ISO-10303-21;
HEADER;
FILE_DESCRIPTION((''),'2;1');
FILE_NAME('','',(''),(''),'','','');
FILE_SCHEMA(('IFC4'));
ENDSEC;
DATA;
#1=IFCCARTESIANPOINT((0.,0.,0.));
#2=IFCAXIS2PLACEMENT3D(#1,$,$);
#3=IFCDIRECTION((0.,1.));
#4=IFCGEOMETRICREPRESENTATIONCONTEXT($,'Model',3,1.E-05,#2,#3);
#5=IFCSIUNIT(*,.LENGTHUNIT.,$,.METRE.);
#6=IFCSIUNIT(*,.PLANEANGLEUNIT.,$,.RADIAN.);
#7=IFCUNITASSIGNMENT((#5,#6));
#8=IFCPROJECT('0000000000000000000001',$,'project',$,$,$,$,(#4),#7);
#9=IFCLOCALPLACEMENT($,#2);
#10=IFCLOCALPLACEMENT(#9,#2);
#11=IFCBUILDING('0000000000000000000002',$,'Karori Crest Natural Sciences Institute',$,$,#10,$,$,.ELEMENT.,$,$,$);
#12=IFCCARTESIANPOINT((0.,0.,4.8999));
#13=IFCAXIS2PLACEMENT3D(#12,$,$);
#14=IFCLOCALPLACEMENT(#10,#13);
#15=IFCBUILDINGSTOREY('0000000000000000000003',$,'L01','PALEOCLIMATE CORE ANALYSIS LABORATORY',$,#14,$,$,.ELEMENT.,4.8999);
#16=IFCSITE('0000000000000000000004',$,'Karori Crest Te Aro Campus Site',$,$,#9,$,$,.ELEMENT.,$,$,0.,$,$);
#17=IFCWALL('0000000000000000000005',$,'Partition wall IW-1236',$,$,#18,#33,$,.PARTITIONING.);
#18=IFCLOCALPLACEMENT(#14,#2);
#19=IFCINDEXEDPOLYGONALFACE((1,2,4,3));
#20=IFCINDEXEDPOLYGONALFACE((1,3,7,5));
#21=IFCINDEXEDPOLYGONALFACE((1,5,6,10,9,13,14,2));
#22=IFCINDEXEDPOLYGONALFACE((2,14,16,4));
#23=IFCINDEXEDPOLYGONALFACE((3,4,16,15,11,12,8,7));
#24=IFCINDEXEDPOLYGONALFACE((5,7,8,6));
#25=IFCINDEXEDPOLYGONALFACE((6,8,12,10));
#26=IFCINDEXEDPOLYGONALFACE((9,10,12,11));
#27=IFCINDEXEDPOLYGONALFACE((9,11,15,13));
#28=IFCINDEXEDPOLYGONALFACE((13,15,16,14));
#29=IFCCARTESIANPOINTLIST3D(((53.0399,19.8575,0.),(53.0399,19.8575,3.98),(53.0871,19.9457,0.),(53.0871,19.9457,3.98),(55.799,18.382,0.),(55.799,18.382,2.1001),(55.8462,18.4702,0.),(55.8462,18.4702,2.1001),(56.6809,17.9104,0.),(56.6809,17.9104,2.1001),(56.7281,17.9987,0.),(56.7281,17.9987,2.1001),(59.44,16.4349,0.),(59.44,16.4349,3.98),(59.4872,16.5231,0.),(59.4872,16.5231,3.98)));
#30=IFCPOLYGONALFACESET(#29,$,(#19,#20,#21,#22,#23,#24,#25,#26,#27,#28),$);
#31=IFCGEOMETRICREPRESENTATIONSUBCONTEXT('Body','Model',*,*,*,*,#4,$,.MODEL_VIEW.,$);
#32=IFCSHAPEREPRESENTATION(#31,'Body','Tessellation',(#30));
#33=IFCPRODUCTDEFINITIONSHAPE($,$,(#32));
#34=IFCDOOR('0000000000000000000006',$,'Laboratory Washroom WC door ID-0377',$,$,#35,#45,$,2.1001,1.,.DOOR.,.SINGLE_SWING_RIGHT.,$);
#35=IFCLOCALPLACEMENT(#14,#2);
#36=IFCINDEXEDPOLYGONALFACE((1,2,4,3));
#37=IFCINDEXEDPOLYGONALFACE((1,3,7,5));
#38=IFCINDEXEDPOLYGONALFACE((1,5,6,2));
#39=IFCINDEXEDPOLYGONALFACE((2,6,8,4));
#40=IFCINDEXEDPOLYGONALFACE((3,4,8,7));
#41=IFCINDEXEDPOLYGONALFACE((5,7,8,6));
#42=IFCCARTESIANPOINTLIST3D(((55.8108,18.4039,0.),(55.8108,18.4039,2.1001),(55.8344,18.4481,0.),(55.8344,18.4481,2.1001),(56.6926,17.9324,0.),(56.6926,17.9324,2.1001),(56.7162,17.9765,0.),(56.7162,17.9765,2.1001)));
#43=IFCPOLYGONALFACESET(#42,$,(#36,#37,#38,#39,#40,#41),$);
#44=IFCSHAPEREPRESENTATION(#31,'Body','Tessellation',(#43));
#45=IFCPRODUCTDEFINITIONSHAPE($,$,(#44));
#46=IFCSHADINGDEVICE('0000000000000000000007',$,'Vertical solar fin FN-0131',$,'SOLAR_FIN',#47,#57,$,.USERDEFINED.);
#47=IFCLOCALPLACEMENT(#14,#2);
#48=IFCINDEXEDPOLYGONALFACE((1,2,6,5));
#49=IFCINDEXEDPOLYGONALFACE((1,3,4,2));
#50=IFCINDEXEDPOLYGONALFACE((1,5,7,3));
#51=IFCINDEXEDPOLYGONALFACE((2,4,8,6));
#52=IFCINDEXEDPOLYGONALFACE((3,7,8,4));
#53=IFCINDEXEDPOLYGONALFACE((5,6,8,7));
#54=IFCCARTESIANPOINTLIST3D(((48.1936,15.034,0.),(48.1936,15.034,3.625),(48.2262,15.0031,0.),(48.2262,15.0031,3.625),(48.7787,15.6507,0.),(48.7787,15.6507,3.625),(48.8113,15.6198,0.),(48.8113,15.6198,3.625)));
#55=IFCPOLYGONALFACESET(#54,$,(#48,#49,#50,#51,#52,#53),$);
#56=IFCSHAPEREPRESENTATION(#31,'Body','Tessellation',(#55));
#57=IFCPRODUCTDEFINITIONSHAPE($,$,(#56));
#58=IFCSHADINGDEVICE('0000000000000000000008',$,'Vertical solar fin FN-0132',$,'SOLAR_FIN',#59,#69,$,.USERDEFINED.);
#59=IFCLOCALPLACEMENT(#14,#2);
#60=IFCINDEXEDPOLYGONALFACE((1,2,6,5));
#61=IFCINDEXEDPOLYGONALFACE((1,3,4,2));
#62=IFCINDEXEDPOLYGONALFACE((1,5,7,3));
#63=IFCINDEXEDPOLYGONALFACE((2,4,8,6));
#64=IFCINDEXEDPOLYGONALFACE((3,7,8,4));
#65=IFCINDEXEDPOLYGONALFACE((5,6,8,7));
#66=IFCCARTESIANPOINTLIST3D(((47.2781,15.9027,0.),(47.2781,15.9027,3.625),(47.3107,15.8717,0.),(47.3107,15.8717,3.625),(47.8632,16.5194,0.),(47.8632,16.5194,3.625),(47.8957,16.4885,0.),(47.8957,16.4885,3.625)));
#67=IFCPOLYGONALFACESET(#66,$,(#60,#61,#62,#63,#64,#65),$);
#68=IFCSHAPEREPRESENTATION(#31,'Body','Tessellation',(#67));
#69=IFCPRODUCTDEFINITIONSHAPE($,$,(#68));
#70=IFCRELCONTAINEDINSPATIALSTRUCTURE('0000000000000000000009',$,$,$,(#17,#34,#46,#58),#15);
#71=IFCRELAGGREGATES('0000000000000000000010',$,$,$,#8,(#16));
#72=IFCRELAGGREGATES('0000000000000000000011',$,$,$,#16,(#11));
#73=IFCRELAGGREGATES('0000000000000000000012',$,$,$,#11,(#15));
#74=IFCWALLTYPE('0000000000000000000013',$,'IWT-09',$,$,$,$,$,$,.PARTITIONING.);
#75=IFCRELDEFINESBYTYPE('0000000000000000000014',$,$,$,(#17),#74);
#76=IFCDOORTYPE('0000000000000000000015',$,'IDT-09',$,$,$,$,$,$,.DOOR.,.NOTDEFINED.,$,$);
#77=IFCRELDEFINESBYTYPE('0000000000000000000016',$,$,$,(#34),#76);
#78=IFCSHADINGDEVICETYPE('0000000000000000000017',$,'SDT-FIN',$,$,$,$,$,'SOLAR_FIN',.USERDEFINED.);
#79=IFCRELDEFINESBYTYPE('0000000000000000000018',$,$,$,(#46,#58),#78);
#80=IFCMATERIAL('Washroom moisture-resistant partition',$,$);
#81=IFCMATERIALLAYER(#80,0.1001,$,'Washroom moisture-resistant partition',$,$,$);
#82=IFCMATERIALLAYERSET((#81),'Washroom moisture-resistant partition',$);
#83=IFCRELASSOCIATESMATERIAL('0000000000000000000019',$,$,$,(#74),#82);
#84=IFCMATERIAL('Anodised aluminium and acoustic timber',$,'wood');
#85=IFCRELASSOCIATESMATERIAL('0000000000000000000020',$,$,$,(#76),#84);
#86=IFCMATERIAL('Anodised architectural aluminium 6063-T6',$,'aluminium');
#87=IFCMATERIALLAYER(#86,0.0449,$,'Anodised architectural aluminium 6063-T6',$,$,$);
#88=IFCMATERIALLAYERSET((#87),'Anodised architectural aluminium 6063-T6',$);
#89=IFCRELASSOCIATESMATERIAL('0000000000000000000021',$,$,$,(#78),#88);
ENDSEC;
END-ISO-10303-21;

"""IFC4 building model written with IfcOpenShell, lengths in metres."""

from ifc_helpers import new_model, si_unit, direction, frame, frame_2d, origin, origin_2d, place, context, subcontext, project, spatial, rectangle, extrude, material, layer, layer_set, type_object, element, fill, save


model = new_model("IFC4")

# Units and contexts
model_context = context("Model", 3, precision=1e-05, world=origin(), true_north=direction((0.0, 1.0)))
body_context = subcontext(model_context, "Body", "Model", "MODEL_VIEW")
ifc_project = project(units=[si_unit("LENGTHUNIT", "METRE"), si_unit("PLANEANGLEUNIT", "RADIAN")], contexts=[model_context])

# Site, building, storey
site_placement = place(None, origin())
site = spatial("IfcSite", under=ifc_project, at=site_placement, Name="Karori Crest Te Aro Campus Site", CompositionType="ELEMENT", RefElevation=0.0)
building_placement = place(site_placement, origin())
building = spatial("IfcBuilding", under=site, at=building_placement, Name="Karori Crest Natural Sciences Institute", CompositionType="ELEMENT")
storey_placement = place(building_placement, frame((0.0, 0.0, 4.8999)))
storey = spatial("IfcBuildingStorey", under=building, at=storey_placement, Name="L01", Description="PALEOCLIMATE CORE ANALYSIS LABORATORY", CompositionType="ELEMENT", Elevation=4.8999)

# Shared definitions
ifc_material_1 = material(Name="Anodised architectural aluminium 6063-T6", Category="aluminium")

# Wall, opening, door
ifc_material_2 = material(Name="Washroom moisture-resistant partition")
ifc_layer_1 = layer(ifc_material_2, 0.1001, Name="Washroom moisture-resistant partition")
ifc_layer_set_1 = layer_set([ifc_layer_1], Name="Washroom moisture-resistant partition")
wall_type_1 = type_object("IfcWallType", Name="IWT-09", PredefinedType="PARTITIONING", material=ifc_layer_set_1)
wall_1_placement = place(storey_placement, frame((53.0635, 19.9016, 0.0), z_axis=(0.0, 0.0, 1.0), x_axis=(0.881826, -0.471574, 0.0)))
wall_1 = element("IfcWall", 1, at=wall_1_placement, inside=storey, type_object=wall_type_1, Name="Partition wall IW-1236", PredefinedType="PARTITIONING", context=body_context, shape_type="SweptSolid", body=[
    extrude(rectangle(XDim=7.2578, YDim=0.1001, at=frame_2d((3.6289, 0.0))), origin(), (0.0, 0.0, 1.0), 3.98),
])
opening_placement = place(wall_1_placement, frame((3.1289, 0.0, 0.0)))
opening = element("IfcOpeningElement", 2, at=opening_placement, cuts=wall_1, PredefinedType="OPENING", context=body_context, shape_type="SweptSolid", body=[
    extrude(rectangle(XDim=1.0, YDim=2.1001, at=frame_2d((0.5, 1.05))), frame((0.0, 0.0601, 0.0), z_axis=(0.0, -1.0, 0.0), x_axis=(1.0, 0.0, 0.0)), (0.0, 0.0, 1.0), 0.1201),
])
ifc_material_3 = material(Name="Anodised aluminium and acoustic timber", Category="wood")
door_type = type_object("IfcDoorType", Name="IDT-09", OperationType="NOTDEFINED", PredefinedType="DOOR", material=ifc_material_3)
door_placement = place(opening_placement, origin())
door = element("IfcDoor", 3, at=door_placement, inside=storey, type_object=door_type, Name="Laboratory Washroom WC door ID-0377", OperationType="SINGLE_SWING_RIGHT", OverallHeight=2.1001, OverallWidth=1.0, PredefinedType="DOOR", context=body_context, shape_type="SweptSolid", body=[
    extrude(rectangle(XDim=1.0, YDim=2.1001, at=frame_2d((0.5, 1.05))), frame((0.0, 0.0249, 0.0), z_axis=(0.0, -1.0, 0.0), x_axis=(1.0, 0.0, 0.0)), (0.0, 0.0, 1.0), 0.05),
])
fill(opening, door)

# Shading devices
ifc_layer_2 = layer(ifc_material_1, 0.0449, Name="Anodised architectural aluminium 6063-T6")
ifc_layer_set_2 = layer_set([ifc_layer_2], Name="Anodised architectural aluminium 6063-T6")
shading_device_type = type_object("IfcShadingDeviceType", Name="SDT-FIN", ElementType="SOLAR_FIN", PredefinedType="USERDEFINED", material=ifc_layer_set_2)
for number, where, z_axis, x_axis, name in (
    (4, (48.5024, 15.3269, 0.0), (0.0, 0.0, 1.0), (-0.688246, -0.725478, 0.0), "Vertical solar fin FN-0131"),
    (5, (47.5869, 16.1956, 0.0), (0.0, 0.0, 1.0), (-0.688246, -0.725478, 0.0), "Vertical solar fin FN-0132"),
):
    element("IfcShadingDevice", number, at=place(storey_placement, frame(where, z_axis=z_axis, x_axis=x_axis)), inside=storey, type_object=shading_device_type, Name=name, ObjectType="SOLAR_FIN", PredefinedType="USERDEFINED", context=body_context, shape_type="SweptSolid", body=[
        extrude(rectangle(XDim=0.8501, YDim=0.0449, at=origin_2d()), origin(), (0.0, 0.0, 1.0), 3.625),
    ])

save(model, "model.ifc")
